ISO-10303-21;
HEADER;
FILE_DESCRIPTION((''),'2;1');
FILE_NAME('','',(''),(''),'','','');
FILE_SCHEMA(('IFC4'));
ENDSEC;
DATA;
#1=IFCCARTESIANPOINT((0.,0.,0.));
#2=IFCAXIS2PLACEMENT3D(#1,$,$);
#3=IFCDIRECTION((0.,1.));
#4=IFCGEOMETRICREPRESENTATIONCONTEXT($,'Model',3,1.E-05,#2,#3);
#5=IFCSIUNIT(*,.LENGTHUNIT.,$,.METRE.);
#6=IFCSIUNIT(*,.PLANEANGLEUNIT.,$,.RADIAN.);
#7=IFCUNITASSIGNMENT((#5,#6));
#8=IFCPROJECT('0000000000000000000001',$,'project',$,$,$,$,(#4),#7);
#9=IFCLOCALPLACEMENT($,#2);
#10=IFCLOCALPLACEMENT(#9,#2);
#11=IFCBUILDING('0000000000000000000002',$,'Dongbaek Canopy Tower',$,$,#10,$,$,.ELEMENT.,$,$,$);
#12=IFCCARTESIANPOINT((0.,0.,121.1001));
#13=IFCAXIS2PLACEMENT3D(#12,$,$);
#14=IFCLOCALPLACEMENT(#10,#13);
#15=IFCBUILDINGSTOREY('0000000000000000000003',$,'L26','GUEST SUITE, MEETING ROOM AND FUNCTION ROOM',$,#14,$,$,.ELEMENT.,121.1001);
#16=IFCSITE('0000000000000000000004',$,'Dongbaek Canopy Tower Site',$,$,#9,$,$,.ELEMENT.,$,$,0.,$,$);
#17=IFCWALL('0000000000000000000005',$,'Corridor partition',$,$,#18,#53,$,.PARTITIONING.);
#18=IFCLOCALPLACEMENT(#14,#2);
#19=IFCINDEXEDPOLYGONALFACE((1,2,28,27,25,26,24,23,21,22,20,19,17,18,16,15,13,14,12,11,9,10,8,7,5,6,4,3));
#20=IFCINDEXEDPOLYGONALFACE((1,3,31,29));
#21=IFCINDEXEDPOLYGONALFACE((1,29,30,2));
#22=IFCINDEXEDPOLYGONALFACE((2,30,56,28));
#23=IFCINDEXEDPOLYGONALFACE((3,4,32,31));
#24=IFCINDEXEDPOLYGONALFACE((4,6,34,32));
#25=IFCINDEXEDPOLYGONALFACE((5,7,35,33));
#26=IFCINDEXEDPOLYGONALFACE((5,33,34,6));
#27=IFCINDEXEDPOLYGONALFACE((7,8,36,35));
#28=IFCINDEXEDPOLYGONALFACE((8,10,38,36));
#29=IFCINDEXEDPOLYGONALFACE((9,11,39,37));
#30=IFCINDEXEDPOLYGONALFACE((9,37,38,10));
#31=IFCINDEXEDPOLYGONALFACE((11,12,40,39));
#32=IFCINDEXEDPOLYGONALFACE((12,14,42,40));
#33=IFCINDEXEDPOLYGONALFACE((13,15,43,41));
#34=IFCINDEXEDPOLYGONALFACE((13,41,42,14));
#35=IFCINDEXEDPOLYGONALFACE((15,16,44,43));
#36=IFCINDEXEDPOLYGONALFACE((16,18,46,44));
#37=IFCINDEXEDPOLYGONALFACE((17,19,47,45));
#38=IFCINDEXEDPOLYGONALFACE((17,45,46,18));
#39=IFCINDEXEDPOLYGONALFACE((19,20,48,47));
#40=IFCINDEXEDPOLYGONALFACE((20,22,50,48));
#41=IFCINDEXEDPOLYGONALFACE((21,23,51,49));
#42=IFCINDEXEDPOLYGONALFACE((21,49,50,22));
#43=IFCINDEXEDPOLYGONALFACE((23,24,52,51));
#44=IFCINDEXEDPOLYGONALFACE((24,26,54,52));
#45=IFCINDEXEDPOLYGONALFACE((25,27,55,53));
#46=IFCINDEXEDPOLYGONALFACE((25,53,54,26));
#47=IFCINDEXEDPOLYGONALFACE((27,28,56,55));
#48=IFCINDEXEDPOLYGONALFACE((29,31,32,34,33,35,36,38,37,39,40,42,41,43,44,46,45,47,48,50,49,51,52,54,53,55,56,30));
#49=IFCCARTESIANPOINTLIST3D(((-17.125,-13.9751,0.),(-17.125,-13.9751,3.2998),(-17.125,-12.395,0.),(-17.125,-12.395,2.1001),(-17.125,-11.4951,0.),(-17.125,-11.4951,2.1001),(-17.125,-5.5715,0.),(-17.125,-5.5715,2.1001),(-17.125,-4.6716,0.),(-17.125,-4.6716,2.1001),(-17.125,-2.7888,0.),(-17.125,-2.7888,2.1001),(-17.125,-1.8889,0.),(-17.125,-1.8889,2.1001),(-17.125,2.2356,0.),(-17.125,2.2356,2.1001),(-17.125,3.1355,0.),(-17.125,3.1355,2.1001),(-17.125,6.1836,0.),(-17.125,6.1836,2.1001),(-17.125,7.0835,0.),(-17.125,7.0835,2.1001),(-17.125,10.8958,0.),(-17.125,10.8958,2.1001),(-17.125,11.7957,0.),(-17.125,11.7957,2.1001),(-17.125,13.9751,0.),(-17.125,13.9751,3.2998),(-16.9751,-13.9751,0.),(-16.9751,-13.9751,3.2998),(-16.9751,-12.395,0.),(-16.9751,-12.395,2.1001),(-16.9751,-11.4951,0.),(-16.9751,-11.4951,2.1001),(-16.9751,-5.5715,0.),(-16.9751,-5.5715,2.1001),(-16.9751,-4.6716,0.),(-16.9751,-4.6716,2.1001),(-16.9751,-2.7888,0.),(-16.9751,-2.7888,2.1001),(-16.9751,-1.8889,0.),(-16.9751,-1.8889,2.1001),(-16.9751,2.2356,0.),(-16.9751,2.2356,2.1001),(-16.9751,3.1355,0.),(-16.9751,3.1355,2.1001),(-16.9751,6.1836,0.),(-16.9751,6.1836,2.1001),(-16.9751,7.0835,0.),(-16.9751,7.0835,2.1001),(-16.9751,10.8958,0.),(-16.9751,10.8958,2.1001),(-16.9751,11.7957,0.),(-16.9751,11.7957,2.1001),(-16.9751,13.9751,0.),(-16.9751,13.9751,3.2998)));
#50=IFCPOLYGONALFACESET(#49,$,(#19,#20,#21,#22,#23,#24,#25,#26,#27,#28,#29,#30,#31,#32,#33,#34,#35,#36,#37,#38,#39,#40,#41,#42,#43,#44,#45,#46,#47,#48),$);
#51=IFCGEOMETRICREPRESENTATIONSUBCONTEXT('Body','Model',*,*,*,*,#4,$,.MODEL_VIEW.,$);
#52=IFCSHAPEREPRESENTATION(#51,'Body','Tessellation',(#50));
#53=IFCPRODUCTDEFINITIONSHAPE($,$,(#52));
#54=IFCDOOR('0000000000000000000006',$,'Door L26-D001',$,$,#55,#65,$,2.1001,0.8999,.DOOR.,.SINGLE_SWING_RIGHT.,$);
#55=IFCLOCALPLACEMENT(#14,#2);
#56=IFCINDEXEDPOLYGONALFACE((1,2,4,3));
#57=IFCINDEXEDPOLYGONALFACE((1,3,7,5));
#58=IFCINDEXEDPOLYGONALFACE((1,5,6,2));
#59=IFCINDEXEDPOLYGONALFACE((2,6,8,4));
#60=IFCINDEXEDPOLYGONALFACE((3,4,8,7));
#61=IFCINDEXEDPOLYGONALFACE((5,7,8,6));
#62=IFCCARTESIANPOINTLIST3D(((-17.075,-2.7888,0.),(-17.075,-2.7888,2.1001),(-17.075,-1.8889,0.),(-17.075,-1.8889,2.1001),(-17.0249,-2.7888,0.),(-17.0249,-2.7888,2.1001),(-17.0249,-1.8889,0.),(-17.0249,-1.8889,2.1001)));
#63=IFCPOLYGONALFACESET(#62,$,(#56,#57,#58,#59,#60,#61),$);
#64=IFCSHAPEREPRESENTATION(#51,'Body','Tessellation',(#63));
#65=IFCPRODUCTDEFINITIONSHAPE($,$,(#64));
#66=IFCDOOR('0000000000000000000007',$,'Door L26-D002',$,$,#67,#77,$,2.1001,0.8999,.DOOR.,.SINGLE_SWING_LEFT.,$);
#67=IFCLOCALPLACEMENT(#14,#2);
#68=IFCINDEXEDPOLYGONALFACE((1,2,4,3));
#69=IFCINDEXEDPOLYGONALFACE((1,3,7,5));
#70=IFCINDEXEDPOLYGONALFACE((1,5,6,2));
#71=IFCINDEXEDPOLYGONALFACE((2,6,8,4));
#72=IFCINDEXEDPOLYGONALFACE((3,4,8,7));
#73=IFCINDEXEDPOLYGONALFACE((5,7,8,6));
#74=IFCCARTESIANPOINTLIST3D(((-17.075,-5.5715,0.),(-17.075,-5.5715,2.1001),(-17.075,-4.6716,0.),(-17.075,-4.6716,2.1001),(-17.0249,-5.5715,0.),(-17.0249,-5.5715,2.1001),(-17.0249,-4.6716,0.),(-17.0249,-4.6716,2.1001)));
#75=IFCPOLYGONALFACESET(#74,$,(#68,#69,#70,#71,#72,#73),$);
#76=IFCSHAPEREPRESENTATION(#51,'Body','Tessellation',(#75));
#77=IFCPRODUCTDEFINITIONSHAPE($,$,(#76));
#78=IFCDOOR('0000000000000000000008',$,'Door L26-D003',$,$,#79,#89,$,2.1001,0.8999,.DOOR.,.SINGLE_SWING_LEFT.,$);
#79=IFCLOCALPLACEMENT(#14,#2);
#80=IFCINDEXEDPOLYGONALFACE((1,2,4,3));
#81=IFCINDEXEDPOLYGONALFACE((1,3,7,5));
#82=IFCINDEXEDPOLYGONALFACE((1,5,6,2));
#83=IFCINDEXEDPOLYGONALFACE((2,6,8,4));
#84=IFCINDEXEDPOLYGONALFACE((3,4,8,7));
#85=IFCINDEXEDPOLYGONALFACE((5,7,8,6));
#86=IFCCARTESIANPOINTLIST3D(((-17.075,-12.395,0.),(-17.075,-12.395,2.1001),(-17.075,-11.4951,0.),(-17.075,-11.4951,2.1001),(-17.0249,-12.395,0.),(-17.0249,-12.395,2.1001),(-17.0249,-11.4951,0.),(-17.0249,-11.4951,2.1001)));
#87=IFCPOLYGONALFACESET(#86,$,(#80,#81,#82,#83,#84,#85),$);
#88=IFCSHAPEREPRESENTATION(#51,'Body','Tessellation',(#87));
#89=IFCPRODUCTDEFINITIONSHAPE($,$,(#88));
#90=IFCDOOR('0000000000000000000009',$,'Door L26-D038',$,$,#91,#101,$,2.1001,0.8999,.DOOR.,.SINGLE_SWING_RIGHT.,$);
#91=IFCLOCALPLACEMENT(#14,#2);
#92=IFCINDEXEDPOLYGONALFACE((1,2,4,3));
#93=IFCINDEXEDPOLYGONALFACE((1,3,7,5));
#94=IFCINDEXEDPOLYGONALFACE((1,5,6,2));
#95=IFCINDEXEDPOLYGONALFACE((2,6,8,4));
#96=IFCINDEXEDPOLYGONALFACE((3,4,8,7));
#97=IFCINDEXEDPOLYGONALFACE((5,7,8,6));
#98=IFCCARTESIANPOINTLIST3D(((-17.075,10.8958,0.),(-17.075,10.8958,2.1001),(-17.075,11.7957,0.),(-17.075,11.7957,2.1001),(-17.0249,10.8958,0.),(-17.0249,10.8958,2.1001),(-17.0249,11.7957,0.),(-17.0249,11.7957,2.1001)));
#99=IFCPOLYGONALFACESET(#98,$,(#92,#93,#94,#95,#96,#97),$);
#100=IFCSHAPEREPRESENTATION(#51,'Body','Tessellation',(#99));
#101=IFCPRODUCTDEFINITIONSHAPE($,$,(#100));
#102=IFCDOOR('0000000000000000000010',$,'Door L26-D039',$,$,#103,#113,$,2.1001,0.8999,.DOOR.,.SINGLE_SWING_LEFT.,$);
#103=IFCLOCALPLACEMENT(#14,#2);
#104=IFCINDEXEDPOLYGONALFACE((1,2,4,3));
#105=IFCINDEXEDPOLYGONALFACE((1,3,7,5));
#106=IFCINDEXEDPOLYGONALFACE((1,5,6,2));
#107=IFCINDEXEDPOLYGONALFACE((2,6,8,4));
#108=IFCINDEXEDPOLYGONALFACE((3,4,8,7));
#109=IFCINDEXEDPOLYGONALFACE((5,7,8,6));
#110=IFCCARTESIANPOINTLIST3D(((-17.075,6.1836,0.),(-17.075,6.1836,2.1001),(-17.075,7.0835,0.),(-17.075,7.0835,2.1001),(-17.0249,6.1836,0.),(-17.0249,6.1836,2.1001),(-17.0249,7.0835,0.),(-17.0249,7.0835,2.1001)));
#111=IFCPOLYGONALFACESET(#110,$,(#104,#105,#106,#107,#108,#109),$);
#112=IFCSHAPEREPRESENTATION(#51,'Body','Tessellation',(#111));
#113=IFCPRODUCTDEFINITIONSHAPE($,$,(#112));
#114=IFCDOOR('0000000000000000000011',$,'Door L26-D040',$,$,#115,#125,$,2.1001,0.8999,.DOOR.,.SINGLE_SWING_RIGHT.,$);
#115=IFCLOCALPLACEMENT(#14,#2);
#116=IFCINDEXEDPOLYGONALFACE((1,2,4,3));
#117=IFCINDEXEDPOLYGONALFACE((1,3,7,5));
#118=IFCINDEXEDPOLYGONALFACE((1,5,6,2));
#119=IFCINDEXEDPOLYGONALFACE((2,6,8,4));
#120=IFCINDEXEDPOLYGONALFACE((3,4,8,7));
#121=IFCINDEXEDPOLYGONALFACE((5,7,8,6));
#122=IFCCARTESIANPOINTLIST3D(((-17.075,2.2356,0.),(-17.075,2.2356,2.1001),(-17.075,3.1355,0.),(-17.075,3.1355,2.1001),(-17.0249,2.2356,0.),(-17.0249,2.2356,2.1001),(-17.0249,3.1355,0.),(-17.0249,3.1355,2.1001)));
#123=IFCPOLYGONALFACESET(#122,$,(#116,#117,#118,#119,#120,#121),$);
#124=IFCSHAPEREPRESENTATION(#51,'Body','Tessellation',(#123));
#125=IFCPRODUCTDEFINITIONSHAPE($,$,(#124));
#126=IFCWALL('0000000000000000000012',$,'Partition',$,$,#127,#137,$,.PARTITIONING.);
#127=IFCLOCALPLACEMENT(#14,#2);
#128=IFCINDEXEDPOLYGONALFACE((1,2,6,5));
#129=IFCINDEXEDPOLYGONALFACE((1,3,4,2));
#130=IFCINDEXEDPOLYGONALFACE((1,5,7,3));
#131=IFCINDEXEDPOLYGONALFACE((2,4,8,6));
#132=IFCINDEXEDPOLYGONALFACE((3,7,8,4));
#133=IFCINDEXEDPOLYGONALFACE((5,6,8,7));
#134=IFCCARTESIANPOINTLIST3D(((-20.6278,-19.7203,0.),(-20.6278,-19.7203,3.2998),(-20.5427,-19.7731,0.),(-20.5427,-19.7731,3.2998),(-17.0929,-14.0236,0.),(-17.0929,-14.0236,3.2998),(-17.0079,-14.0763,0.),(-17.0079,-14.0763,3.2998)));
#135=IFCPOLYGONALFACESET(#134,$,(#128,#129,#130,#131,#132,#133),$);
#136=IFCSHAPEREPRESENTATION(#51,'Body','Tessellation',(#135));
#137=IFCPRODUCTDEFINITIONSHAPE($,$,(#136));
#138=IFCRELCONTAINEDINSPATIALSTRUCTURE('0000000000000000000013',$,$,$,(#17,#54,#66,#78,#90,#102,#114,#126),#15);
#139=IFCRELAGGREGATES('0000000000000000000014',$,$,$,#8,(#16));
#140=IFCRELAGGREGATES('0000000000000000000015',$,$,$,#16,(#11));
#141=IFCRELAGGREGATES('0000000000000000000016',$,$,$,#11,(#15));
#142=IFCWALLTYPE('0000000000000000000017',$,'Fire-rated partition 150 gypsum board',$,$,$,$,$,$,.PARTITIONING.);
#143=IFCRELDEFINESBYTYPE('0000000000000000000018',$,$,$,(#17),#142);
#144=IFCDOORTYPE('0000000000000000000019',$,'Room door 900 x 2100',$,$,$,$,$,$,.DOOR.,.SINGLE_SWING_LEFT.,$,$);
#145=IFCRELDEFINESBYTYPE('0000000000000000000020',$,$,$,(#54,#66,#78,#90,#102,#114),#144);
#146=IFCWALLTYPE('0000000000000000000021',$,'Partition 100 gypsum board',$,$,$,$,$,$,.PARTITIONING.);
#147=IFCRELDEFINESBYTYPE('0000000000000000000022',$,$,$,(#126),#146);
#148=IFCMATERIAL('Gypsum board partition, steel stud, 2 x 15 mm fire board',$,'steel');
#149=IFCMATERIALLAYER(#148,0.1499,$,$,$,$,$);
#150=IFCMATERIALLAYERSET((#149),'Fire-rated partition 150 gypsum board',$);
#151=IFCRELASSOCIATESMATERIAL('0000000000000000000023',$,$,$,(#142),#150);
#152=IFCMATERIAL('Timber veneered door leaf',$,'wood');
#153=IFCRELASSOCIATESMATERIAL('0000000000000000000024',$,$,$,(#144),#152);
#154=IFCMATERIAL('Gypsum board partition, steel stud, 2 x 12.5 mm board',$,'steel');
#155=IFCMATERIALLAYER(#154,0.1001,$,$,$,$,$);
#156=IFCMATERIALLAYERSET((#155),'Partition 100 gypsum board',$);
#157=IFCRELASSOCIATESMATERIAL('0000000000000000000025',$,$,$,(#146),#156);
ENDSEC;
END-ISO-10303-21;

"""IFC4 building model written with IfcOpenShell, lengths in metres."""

from ifc_helpers import new_model, si_unit, direction, frame, frame_2d, origin, place, context, subcontext, project, spatial, rectangle, extrude, material, layer, layer_set, type_object, element, fill, save


model = new_model("IFC4")

# Units and contexts
model_context = context("Model", 3, precision=1e-05, world=origin(), true_north=direction((0.0, 1.0)))
body_context = subcontext(model_context, "Body", "Model", "MODEL_VIEW")
ifc_project = project(units=[si_unit("LENGTHUNIT", "METRE"), si_unit("PLANEANGLEUNIT", "RADIAN")], contexts=[model_context])

# Site, building, storey
site_placement = place(None, origin())
site = spatial("IfcSite", under=ifc_project, at=site_placement, Name="Dongbaek Canopy Tower Site", CompositionType="ELEMENT", RefElevation=0.0)
building_placement = place(site_placement, origin())
building = spatial("IfcBuilding", under=site, at=building_placement, Name="Dongbaek Canopy Tower", CompositionType="ELEMENT")
storey_placement = place(building_placement, frame((0.0, 0.0, 121.1001)))
storey = spatial("IfcBuildingStorey", under=building, at=storey_placement, Name="L26", Description="GUEST SUITE, MEETING ROOM AND FUNCTION ROOM", CompositionType="ELEMENT", Elevation=121.1001)

# Shared definitions
ifc_material_1 = material(Name="Gypsum board partition, steel stud, 2 x 15 mm fire board", Category="steel")
ifc_layer_1 = layer(ifc_material_1, 0.1499)
ifc_layer_set_1 = layer_set([ifc_layer_1], Name="Fire-rated partition 150 gypsum board")
wall_type_1 = type_object("IfcWallType", Name="Fire-rated partition 150 gypsum board", PredefinedType="PARTITIONING", material=ifc_layer_set_1)

# Wall, openings, doors
wall_1_placement = place(storey_placement, frame((-17.05, -13.9751, 0.0), z_axis=(0.0, 0.0, 1.0), x_axis=(0.0, 1.0, 0.0)))
wall_1 = element("IfcWall", 1, at=wall_1_placement, inside=storey, type_object=wall_type_1, Name="Corridor partition", PredefinedType="PARTITIONING", context=body_context, shape_type="SweptSolid", body=[
    extrude(rectangle(XDim=27.9502, YDim=0.1499, at=frame_2d((13.9751, 0.0))), origin(), (0.0, 0.0, 1.0), 3.2998),
])
opening_1_placement = place(wall_1_placement, frame((11.1863, 0.0, 0.0)))
opening_1 = element("IfcOpeningElement", 2, at=opening_1_placement, cuts=wall_1, PredefinedType="OPENING", context=body_context, shape_type="SweptSolid", body=[
    extrude(rectangle(XDim=0.8999, YDim=2.1001, at=frame_2d((0.45, 1.05))), frame((0.0, 0.085, 0.0), z_axis=(0.0, -1.0, 0.0), x_axis=(1.0, 0.0, 0.0)), (0.0, 0.0, 1.0), 0.1699),
])
opening_2_placement = place(wall_1_placement, frame((8.4036, 0.0, 0.0)))
opening_2 = element("IfcOpeningElement", 3, at=opening_2_placement, cuts=wall_1, PredefinedType="OPENING", context=body_context, shape_type="SweptSolid", body=[
    extrude(rectangle(XDim=0.8999, YDim=2.1001, at=frame_2d((0.45, 1.05))), frame((0.0, 0.085, 0.0), z_axis=(0.0, -1.0, 0.0), x_axis=(1.0, 0.0, 0.0)), (0.0, 0.0, 1.0), 0.1699),
])
opening_3_placement = place(wall_1_placement, frame((1.5801, 0.0, 0.0)))
opening_3 = element("IfcOpeningElement", 4, at=opening_3_placement, cuts=wall_1, PredefinedType="OPENING", context=body_context, shape_type="SweptSolid", body=[
    extrude(rectangle(XDim=0.8999, YDim=2.1001, at=frame_2d((0.45, 1.05))), frame((0.0, 0.085, 0.0), z_axis=(0.0, -1.0, 0.0), x_axis=(1.0, 0.0, 0.0)), (0.0, 0.0, 1.0), 0.1699),
])
opening_4_placement = place(wall_1_placement, frame((24.8708, 0.0, 0.0)))
opening_4 = element("IfcOpeningElement", 5, at=opening_4_placement, cuts=wall_1, PredefinedType="OPENING", context=body_context, shape_type="SweptSolid", body=[
    extrude(rectangle(XDim=0.8999, YDim=2.1001, at=frame_2d((0.45, 1.05))), frame((0.0, 0.085, 0.0), z_axis=(0.0, -1.0, 0.0), x_axis=(1.0, 0.0, 0.0)), (0.0, 0.0, 1.0), 0.1699),
])
opening_5_placement = place(wall_1_placement, frame((20.1587, 0.0, 0.0)))
opening_5 = element("IfcOpeningElement", 6, at=opening_5_placement, cuts=wall_1, PredefinedType="OPENING", context=body_context, shape_type="SweptSolid", body=[
    extrude(rectangle(XDim=0.8999, YDim=2.1001, at=frame_2d((0.45, 1.05))), frame((0.0, 0.085, 0.0), z_axis=(0.0, -1.0, 0.0), x_axis=(1.0, 0.0, 0.0)), (0.0, 0.0, 1.0), 0.1699),
])
opening_6_placement = place(wall_1_placement, frame((16.2107, 0.0, 0.0)))
opening_6 = element("IfcOpeningElement", 7, at=opening_6_placement, cuts=wall_1, PredefinedType="OPENING", context=body_context, shape_type="SweptSolid", body=[
    extrude(rectangle(XDim=0.8999, YDim=2.1001, at=frame_2d((0.45, 1.05))), frame((0.0, 0.085, 0.0), z_axis=(0.0, -1.0, 0.0), x_axis=(1.0, 0.0, 0.0)), (0.0, 0.0, 1.0), 0.1699),
])
ifc_material_2 = material(Name="Timber veneered door leaf", Category="wood")
door_type = type_object("IfcDoorType", Name="Room door 900 x 2100", OperationType="SINGLE_SWING_LEFT", PredefinedType="DOOR", material=ifc_material_2)
door_1_placement = place(opening_1_placement, origin())
door_1 = element("IfcDoor", 8, at=door_1_placement, inside=storey, type_object=door_type, Name="Door L26-D001", OperationType="SINGLE_SWING_RIGHT", OverallHeight=2.1001, OverallWidth=0.8999, PredefinedType="DOOR", context=body_context, shape_type="SweptSolid", body=[
    extrude(rectangle(XDim=0.8999, YDim=2.1001, at=frame_2d((0.45, 1.05))), frame((0.0, 0.0249, 0.0), z_axis=(0.0, -1.0, 0.0), x_axis=(1.0, 0.0, 0.0)), (0.0, 0.0, 1.0), 0.05),
])
fill(opening_1, door_1)
door_2_placement = place(opening_2_placement, origin())
door_2 = element("IfcDoor", 9, at=door_2_placement, inside=storey, type_object=door_type, Name="Door L26-D002", OperationType="SINGLE_SWING_LEFT", OverallHeight=2.1001, OverallWidth=0.8999, PredefinedType="DOOR", context=body_context, shape_type="SweptSolid", body=[
    extrude(rectangle(XDim=0.8999, YDim=2.1001, at=frame_2d((0.45, 1.05))), frame((0.0, 0.0249, 0.0), z_axis=(0.0, -1.0, 0.0), x_axis=(1.0, 0.0, 0.0)), (0.0, 0.0, 1.0), 0.05),
])
fill(opening_2, door_2)
door_3_placement = place(opening_3_placement, origin())
door_3 = element("IfcDoor", 10, at=door_3_placement, inside=storey, type_object=door_type, Name="Door L26-D003", OperationType="SINGLE_SWING_LEFT", OverallHeight=2.1001, OverallWidth=0.8999, PredefinedType="DOOR", context=body_context, shape_type="SweptSolid", body=[
    extrude(rectangle(XDim=0.8999, YDim=2.1001, at=frame_2d((0.45, 1.05))), frame((0.0, 0.0249, 0.0), z_axis=(0.0, -1.0, 0.0), x_axis=(1.0, 0.0, 0.0)), (0.0, 0.0, 1.0), 0.05),
])
fill(opening_3, door_3)
door_4_placement = place(opening_4_placement, origin())
door_4 = element("IfcDoor", 11, at=door_4_placement, inside=storey, type_object=door_type, Name="Door L26-D038", OperationType="SINGLE_SWING_RIGHT", OverallHeight=2.1001, OverallWidth=0.8999, PredefinedType="DOOR", context=body_context, shape_type="SweptSolid", body=[
    extrude(rectangle(XDim=0.8999, YDim=2.1001, at=frame_2d((0.45, 1.05))), frame((0.0, 0.0249, 0.0), z_axis=(0.0, -1.0, 0.0), x_axis=(1.0, 0.0, 0.0)), (0.0, 0.0, 1.0), 0.05),
])
fill(opening_4, door_4)
door_5_placement = place(opening_5_placement, origin())
door_5 = element("IfcDoor", 12, at=door_5_placement, inside=storey, type_object=door_type, Name="Door L26-D039", OperationType="SINGLE_SWING_LEFT", OverallHeight=2.1001, OverallWidth=0.8999, PredefinedType="DOOR", context=body_context, shape_type="SweptSolid", body=[
    extrude(rectangle(XDim=0.8999, YDim=2.1001, at=frame_2d((0.45, 1.05))), frame((0.0, 0.0249, 0.0), z_axis=(0.0, -1.0, 0.0), x_axis=(1.0, 0.0, 0.0)), (0.0, 0.0, 1.0), 0.05),
])
fill(opening_5, door_5)
door_6_placement = place(opening_6_placement, origin())
door_6 = element("IfcDoor", 13, at=door_6_placement, inside=storey, type_object=door_type, Name="Door L26-D040", OperationType="SINGLE_SWING_RIGHT", OverallHeight=2.1001, OverallWidth=0.8999, PredefinedType="DOOR", context=body_context, shape_type="SweptSolid", body=[
    extrude(rectangle(XDim=0.8999, YDim=2.1001, at=frame_2d((0.45, 1.05))), frame((0.0, 0.0249, 0.0), z_axis=(0.0, -1.0, 0.0), x_axis=(1.0, 0.0, 0.0)), (0.0, 0.0, 1.0), 0.05),
])
fill(opening_6, door_6)

# Wall
ifc_material_3 = material(Name="Gypsum board partition, steel stud, 2 x 12.5 mm board", Category="steel")
ifc_layer_2 = layer(ifc_material_3, 0.1001)
ifc_layer_set_2 = layer_set([ifc_layer_2], Name="Partition 100 gypsum board")
wall_type_2 = type_object("IfcWallType", Name="Partition 100 gypsum board", PredefinedType="PARTITIONING", material=ifc_layer_set_2)
wall_2_placement = place(storey_placement, frame((-20.5852, -19.7466, 0.0), z_axis=(0.0, 0.0, 1.0), x_axis=(0.527253, 0.849708, 0.0)))
element("IfcWall", 14, at=wall_2_placement, inside=storey, type_object=wall_type_2, Name="Partition", PredefinedType="PARTITIONING", context=body_context, shape_type="SweptSolid", body=[
    extrude(rectangle(XDim=6.7043, YDim=0.1001, at=frame_2d((3.3521, 0.0))), origin(), (0.0, 0.0, 1.0), 3.2998),
])

save(model, "model.ifc")
